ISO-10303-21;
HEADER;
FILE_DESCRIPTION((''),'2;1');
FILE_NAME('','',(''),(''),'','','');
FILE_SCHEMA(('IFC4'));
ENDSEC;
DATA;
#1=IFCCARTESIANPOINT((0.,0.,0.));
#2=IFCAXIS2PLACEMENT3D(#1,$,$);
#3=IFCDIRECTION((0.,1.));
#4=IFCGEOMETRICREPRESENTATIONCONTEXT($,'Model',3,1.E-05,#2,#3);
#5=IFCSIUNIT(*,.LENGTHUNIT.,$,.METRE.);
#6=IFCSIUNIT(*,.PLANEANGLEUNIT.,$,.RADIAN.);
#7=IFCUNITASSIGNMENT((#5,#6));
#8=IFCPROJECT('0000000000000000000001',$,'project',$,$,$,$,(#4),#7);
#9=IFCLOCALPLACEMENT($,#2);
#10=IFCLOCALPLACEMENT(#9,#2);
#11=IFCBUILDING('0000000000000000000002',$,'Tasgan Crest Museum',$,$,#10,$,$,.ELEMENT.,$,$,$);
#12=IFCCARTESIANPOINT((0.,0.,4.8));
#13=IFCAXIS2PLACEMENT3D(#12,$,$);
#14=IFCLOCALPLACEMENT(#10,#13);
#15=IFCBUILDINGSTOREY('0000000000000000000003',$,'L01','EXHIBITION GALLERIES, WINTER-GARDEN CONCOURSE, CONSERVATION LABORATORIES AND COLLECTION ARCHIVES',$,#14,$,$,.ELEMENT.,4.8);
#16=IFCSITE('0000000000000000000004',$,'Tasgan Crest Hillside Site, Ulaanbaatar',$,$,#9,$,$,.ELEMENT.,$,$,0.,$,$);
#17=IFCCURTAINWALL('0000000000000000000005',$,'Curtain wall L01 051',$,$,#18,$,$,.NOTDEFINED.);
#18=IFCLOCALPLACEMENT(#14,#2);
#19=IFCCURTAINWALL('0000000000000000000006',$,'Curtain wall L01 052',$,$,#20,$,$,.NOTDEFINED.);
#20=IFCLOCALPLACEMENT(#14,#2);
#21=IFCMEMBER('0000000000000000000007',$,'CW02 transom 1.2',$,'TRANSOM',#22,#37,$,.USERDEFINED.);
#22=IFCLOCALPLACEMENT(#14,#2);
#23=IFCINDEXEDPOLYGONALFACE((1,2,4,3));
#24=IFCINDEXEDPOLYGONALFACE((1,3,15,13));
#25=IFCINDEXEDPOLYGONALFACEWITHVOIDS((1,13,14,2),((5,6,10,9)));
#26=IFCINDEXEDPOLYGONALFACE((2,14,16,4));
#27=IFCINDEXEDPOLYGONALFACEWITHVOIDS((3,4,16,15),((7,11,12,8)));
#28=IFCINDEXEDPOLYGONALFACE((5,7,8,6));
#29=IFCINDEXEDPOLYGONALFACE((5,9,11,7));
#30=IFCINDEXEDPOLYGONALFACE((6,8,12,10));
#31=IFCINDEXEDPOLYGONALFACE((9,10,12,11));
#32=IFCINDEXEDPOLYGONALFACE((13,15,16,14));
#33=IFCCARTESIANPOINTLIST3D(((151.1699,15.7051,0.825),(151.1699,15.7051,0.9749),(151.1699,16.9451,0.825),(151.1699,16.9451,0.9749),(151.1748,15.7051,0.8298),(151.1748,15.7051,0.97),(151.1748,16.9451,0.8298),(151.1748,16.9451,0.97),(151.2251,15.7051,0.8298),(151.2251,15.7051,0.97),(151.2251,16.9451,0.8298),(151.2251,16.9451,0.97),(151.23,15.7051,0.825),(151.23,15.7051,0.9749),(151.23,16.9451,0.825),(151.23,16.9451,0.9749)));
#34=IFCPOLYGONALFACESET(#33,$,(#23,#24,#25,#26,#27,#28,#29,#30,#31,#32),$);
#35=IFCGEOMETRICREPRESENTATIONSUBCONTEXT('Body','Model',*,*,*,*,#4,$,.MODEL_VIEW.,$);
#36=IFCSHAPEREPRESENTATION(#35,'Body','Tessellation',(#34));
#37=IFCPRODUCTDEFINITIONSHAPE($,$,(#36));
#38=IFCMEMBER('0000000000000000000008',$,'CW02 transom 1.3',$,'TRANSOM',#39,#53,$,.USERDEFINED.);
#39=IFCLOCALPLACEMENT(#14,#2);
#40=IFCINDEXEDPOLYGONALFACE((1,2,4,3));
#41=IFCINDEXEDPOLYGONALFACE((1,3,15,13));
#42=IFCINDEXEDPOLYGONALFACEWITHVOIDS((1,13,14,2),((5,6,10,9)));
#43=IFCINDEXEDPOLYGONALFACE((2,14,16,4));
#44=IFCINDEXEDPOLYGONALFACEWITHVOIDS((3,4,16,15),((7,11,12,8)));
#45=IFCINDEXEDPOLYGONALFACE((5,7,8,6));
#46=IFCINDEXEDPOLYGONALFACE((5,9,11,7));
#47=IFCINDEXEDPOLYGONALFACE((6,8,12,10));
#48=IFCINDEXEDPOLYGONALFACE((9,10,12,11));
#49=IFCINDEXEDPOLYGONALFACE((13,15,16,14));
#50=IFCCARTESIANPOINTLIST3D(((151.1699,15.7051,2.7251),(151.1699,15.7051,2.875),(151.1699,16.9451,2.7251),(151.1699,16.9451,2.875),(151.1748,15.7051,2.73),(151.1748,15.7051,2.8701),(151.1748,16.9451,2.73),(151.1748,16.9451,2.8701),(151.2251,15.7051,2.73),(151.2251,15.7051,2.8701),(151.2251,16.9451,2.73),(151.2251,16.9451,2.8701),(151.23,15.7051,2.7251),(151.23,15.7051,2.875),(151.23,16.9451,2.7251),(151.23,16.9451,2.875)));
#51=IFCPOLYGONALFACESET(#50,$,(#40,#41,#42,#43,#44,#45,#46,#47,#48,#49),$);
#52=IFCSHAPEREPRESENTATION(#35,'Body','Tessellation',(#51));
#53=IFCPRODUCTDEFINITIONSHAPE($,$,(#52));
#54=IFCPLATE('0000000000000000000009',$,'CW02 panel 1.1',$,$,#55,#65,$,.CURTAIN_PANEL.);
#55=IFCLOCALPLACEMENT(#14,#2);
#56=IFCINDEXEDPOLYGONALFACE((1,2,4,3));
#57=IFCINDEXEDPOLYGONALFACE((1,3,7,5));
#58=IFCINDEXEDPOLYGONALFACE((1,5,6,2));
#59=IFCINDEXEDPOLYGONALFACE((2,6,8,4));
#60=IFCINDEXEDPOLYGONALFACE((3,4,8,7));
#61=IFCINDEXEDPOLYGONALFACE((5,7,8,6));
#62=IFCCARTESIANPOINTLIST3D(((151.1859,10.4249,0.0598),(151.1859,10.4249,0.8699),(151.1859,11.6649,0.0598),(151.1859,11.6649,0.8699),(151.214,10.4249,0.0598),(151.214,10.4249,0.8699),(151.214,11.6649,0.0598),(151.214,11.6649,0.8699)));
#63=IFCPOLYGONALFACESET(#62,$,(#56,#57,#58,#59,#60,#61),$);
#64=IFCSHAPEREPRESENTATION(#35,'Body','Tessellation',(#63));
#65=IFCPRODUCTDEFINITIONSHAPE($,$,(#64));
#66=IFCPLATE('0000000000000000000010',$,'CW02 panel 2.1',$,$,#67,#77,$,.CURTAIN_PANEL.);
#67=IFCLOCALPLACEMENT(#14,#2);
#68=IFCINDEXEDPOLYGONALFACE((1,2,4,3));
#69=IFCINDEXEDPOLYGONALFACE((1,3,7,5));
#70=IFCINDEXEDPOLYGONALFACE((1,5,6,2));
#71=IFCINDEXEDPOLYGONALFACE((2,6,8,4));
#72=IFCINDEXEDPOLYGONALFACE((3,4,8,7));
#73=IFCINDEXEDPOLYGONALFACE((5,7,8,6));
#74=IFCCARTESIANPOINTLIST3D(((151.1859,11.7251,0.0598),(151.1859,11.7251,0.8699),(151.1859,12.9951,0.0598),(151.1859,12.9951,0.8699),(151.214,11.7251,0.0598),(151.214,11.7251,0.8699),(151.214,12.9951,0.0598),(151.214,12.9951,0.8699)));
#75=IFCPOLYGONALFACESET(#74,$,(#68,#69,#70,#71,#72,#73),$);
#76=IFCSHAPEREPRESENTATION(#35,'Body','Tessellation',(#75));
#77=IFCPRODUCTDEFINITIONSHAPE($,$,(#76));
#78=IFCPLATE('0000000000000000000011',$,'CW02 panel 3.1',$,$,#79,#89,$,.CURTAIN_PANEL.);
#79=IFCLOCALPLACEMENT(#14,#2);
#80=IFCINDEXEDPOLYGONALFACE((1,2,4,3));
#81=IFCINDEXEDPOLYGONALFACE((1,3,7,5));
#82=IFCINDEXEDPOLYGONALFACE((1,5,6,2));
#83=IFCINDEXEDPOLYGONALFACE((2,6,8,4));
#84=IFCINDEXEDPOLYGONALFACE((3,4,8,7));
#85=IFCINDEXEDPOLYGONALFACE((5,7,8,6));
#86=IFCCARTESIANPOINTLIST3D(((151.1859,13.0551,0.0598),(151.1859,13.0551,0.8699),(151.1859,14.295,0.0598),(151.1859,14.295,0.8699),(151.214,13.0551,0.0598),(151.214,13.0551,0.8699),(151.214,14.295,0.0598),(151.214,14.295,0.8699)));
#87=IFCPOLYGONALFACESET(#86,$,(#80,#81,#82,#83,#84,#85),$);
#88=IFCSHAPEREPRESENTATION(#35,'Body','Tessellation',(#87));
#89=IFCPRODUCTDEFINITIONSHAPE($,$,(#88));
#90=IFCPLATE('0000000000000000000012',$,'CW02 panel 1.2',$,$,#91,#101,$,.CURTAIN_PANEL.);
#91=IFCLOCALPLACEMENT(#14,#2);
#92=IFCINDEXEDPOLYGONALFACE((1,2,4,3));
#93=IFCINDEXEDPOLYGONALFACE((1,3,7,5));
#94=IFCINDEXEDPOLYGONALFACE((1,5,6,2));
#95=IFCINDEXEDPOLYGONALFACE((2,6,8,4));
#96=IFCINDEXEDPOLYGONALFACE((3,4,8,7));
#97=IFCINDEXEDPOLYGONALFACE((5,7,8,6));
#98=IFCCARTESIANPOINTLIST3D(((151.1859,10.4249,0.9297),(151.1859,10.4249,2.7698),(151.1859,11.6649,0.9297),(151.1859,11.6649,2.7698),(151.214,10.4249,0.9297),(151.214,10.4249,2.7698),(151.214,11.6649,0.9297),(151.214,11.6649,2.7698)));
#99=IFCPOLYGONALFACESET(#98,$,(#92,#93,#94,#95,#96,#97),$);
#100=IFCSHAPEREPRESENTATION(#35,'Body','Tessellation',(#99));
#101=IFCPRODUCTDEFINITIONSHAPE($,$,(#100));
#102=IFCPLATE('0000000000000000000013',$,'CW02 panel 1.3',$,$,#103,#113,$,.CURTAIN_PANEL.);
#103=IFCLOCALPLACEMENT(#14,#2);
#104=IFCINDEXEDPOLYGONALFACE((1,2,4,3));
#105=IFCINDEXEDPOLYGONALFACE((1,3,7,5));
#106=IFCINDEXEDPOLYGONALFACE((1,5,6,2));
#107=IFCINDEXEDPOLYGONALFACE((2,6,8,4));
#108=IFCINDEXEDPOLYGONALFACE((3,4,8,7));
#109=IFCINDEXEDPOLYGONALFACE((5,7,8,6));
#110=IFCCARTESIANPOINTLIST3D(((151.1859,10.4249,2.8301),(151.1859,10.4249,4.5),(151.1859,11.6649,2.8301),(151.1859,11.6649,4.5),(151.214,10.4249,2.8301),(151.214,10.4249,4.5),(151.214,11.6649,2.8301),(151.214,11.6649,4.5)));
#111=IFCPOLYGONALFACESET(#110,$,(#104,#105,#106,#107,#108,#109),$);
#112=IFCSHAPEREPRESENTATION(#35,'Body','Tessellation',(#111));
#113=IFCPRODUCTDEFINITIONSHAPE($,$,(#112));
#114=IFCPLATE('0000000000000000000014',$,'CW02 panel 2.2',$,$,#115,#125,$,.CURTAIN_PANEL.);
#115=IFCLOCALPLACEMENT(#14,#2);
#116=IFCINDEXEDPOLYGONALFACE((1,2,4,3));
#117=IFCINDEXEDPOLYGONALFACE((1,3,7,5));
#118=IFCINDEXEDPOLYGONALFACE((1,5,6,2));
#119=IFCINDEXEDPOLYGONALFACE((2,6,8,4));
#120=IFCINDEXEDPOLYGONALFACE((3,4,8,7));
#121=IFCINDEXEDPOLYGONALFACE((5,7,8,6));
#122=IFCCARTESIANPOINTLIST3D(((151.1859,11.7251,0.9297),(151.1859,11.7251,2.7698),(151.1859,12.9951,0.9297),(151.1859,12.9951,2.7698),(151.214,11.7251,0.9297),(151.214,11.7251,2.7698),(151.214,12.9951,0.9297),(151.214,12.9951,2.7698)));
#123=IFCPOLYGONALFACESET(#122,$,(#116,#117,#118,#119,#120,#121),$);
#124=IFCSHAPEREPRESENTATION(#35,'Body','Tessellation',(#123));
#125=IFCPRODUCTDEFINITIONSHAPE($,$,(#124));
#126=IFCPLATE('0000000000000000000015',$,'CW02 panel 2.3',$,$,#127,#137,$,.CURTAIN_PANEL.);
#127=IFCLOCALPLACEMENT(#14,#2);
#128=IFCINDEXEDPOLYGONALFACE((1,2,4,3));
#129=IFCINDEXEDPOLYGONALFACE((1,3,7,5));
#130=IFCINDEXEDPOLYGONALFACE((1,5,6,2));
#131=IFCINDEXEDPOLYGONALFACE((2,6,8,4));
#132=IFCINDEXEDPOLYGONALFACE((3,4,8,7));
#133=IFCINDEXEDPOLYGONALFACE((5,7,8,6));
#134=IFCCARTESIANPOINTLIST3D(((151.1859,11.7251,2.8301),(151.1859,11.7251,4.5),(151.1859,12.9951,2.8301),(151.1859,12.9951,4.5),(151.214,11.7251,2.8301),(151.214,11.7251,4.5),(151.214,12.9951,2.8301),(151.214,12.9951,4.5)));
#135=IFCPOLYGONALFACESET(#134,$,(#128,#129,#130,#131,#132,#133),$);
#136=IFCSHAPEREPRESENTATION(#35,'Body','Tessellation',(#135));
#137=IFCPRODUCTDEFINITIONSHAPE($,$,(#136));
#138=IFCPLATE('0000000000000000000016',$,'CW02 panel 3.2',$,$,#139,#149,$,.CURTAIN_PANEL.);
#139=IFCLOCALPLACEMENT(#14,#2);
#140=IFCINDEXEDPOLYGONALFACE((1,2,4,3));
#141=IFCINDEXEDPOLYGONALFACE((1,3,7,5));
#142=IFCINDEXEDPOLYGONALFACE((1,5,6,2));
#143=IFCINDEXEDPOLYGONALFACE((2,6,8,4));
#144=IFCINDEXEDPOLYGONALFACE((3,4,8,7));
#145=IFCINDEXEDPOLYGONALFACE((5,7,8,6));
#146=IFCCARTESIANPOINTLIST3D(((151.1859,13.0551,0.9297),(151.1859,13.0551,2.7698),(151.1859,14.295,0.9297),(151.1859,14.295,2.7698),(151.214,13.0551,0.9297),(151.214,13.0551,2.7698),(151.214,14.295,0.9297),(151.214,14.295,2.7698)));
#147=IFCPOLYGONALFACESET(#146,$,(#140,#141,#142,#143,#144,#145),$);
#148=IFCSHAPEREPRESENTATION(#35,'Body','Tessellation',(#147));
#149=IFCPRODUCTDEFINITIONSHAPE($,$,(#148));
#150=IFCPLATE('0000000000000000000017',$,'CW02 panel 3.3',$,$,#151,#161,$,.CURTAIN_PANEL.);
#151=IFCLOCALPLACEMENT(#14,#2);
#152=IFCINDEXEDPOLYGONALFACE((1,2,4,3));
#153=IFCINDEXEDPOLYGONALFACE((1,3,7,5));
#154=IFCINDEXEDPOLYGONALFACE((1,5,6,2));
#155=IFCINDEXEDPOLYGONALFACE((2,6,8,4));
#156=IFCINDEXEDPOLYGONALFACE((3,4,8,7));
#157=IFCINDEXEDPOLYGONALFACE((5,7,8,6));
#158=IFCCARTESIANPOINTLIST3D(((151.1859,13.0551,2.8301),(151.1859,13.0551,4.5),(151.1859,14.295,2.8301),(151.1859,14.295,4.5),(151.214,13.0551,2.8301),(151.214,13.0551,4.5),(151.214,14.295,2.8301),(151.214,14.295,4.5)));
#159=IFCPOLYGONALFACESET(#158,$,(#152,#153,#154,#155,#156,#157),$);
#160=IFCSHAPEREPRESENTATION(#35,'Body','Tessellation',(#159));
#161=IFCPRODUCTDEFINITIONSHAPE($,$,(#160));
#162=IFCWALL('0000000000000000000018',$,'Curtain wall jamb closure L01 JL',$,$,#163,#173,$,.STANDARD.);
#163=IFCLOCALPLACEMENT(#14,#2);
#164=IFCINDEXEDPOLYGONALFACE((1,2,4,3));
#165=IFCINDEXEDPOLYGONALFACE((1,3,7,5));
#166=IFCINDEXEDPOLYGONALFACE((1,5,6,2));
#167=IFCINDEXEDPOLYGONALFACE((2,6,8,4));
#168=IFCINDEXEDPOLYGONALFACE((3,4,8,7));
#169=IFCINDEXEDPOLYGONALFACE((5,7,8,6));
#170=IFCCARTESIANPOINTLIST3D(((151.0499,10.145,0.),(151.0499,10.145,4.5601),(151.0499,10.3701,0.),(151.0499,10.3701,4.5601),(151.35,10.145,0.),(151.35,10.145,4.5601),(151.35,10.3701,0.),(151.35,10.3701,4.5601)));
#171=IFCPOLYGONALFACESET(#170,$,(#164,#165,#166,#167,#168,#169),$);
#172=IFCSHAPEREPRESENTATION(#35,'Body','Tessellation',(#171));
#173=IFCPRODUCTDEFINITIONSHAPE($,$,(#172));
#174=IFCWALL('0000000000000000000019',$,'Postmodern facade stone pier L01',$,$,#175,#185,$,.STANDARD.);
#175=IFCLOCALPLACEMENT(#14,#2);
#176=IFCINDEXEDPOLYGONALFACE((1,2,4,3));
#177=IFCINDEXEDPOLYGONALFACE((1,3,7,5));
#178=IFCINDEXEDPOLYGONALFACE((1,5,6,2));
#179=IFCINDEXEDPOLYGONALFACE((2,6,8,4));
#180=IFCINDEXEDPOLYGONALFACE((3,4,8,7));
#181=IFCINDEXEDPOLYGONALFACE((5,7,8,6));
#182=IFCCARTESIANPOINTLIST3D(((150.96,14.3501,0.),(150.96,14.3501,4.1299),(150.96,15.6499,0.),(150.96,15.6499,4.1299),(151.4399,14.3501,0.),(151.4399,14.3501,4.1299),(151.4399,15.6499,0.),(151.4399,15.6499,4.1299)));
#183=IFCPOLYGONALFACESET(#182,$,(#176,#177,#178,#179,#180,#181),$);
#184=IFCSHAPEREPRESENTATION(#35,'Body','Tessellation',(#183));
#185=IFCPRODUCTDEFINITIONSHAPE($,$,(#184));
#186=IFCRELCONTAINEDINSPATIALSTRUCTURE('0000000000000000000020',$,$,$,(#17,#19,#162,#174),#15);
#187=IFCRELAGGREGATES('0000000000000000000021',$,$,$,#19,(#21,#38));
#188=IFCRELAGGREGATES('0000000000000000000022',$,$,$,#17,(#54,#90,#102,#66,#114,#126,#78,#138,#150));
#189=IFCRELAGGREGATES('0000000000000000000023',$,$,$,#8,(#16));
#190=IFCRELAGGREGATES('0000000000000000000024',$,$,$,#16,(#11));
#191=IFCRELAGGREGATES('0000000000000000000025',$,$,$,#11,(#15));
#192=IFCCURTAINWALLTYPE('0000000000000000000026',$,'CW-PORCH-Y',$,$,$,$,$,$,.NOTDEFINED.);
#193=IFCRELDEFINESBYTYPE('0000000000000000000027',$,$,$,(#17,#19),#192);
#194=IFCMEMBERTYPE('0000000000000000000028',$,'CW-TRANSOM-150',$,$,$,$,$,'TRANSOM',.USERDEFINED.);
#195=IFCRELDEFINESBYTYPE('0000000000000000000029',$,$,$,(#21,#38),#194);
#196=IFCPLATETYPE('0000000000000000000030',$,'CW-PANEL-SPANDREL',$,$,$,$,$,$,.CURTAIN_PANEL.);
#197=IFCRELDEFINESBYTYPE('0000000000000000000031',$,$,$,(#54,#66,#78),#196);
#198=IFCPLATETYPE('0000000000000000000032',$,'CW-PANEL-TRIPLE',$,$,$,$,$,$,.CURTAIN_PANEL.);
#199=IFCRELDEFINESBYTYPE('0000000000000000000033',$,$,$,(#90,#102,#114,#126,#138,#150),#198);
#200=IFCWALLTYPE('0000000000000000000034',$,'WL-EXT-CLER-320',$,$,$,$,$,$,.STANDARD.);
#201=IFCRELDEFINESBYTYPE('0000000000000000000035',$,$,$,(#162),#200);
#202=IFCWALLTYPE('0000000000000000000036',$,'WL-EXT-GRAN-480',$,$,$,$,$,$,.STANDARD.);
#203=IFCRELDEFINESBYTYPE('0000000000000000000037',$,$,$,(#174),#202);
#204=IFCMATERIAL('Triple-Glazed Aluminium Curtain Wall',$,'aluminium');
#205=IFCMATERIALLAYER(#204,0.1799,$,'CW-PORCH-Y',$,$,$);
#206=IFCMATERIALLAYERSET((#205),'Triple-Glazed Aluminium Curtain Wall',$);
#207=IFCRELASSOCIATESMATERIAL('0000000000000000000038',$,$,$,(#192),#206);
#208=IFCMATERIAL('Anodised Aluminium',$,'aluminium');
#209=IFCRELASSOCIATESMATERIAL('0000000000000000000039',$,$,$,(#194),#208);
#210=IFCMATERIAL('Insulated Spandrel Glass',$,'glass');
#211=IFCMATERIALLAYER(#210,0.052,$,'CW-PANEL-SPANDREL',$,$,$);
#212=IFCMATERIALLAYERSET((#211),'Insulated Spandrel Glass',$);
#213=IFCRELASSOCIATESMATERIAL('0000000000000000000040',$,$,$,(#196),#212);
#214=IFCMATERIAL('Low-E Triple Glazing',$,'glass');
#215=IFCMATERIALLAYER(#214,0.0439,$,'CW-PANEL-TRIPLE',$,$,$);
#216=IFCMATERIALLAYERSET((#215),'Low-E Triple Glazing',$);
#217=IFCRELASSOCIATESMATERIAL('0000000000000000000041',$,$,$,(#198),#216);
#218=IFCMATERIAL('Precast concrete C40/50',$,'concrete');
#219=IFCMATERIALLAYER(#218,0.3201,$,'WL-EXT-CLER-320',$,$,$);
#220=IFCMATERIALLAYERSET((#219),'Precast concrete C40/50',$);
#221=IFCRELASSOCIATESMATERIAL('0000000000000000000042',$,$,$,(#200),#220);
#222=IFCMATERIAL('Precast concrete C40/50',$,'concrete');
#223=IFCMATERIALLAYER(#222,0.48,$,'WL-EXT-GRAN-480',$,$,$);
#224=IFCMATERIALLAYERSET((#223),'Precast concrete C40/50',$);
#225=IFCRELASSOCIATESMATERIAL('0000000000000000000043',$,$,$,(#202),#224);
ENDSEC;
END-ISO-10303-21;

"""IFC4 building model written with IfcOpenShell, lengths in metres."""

from ifc_helpers import new_model, si_unit, direction, frame, frame_2d, origin, origin_2d, place, context, subcontext, project, spatial, rectangle, hollow_rectangle, extrude, material, layer, layer_set, material_profile, profile_set, type_object, element, aggregate, save


model = new_model("IFC4")

# Units and contexts
model_context = context("Model", 3, precision=1e-05, world=origin(), true_north=direction((0.0, 1.0)))
body_context = subcontext(model_context, "Body", "Model", "MODEL_VIEW")
ifc_project = project(units=[si_unit("LENGTHUNIT", "METRE"), si_unit("PLANEANGLEUNIT", "RADIAN")], contexts=[model_context])

# Site, building, storey
site_placement = place(None, origin())
site = spatial("IfcSite", under=ifc_project, at=site_placement, Name="Tasgan Crest Hillside Site, Ulaanbaatar", CompositionType="ELEMENT", RefElevation=0.0)
building_placement = place(site_placement, origin())
building = spatial("IfcBuilding", under=site, at=building_placement, Name="Tasgan Crest Museum", CompositionType="ELEMENT")
storey_placement = place(building_placement, frame((0.0, 0.0, 4.8)))
storey = spatial("IfcBuildingStorey", under=building, at=storey_placement, Name="L01", Description="EXHIBITION GALLERIES, WINTER-GARDEN CONCOURSE, CONSERVATION LABORATORIES AND COLLECTION ARCHIVES", CompositionType="ELEMENT", Elevation=4.8)

# Curtain wall
ifc_material_1 = material(Name="Triple-Glazed Aluminium Curtain Wall", Category="aluminium")
ifc_layer_1 = layer(ifc_material_1, 0.1799, Name="CW-PORCH-Y")
ifc_layer_set_1 = layer_set([ifc_layer_1], Name="Triple-Glazed Aluminium Curtain Wall")
curtain_wall_type = type_object("IfcCurtainWallType", Name="CW-PORCH-Y", PredefinedType="NOTDEFINED", material=ifc_layer_set_1)
curtain_wall_1_placement = place(storey_placement, origin())
curtain_wall_1 = element("IfcCurtainWall", 1, at=curtain_wall_1_placement, inside=storey, type_object=curtain_wall_type, Name="Curtain wall L01 051", PredefinedType="NOTDEFINED")

# Curtain wall
curtain_wall_2_placement = place(storey_placement, origin())
curtain_wall_2 = element("IfcCurtainWall", 2, at=curtain_wall_2_placement, inside=storey, type_object=curtain_wall_type, Name="Curtain wall L01 052", PredefinedType="NOTDEFINED")

# Members
ifc_material_2 = material(Name="Anodised Aluminium", Category="aluminium")
ifc_material_profile_1 = material_profile(ifc_material_2, hollow_rectangle(XDim=0.0601, YDim=0.1499, WallThickness=0.0049, at=origin_2d()), Name="ALU TRANSOM 150x60x5")
ifc_profile_set_1 = profile_set([ifc_material_profile_1], Name="Anodised Aluminium")
member_type_1 = type_object("IfcMemberType", Name="CW-TRANSOM-150", ElementType="TRANSOM", PredefinedType="USERDEFINED", material=ifc_profile_set_1)
member_1_placement = place(storey_placement, frame((151.2, 15.7051, 0.8999), z_axis=(0.0, 1.0, 0.0), x_axis=(-1.0, 0.0, 0.0)))
member_1 = element("IfcMember", 3, at=member_1_placement, type_object=member_type_1, Name="CW02 transom 1.2", ObjectType="TRANSOM", PredefinedType="USERDEFINED", context=body_context, shape_type="SweptSolid", body=[
    extrude(hollow_rectangle(XDim=0.0601, YDim=0.1499, WallThickness=0.0049, at=origin_2d()), origin(), (0.0, 0.0, 1.0), 1.24),
])
member_2_placement = place(storey_placement, frame((151.2, 15.7051, 2.8), z_axis=(0.0, 1.0, 0.0), x_axis=(-1.0, 0.0, 0.0)))
member_2 = element("IfcMember", 4, at=member_2_placement, type_object=member_type_1, Name="CW02 transom 1.3", ObjectType="TRANSOM", PredefinedType="USERDEFINED", context=body_context, shape_type="SweptSolid", body=[
    extrude(hollow_rectangle(XDim=0.0601, YDim=0.1499, WallThickness=0.0049, at=origin_2d()), origin(), (0.0, 0.0, 1.0), 1.24),
])
aggregate(curtain_wall_2, [member_1, member_2])

# Plates
ifc_material_3 = material(Name="Insulated Spandrel Glass", Category="glass")
ifc_layer_2 = layer(ifc_material_3, 0.052, Name="CW-PANEL-SPANDREL")
ifc_layer_set_2 = layer_set([ifc_layer_2], Name="Insulated Spandrel Glass")
plate_type_1 = type_object("IfcPlateType", Name="CW-PANEL-SPANDREL", PredefinedType="CURTAIN_PANEL", material=ifc_layer_set_2)
plate_1_placement = place(storey_placement, frame((151.2, 11.0449, 0.0598), z_axis=(0.0, 0.0, 1.0), x_axis=(0.0, 1.0, 0.0)))
plate_1 = element("IfcPlate", 5, at=plate_1_placement, type_object=plate_type_1, Name="CW02 panel 1.1", PredefinedType="CURTAIN_PANEL", context=body_context, shape_type="SweptSolid", body=[
    extrude(rectangle(XDim=1.24, YDim=0.0281, at=origin_2d()), origin(), (0.0, 0.0, 1.0), 0.8101),
])
plate_2_placement = place(storey_placement, frame((151.2, 12.3601, 0.0598), z_axis=(0.0, 0.0, 1.0), x_axis=(0.0, 1.0, 0.0)))
plate_2 = element("IfcPlate", 6, at=plate_2_placement, type_object=plate_type_1, Name="CW02 panel 2.1", PredefinedType="CURTAIN_PANEL", context=body_context, shape_type="SweptSolid", body=[
    extrude(rectangle(XDim=1.27, YDim=0.0281, at=origin_2d()), origin(), (0.0, 0.0, 1.0), 0.8101),
])
plate_3_placement = place(storey_placement, frame((151.2, 13.675, 0.0598), z_axis=(0.0, 0.0, 1.0), x_axis=(0.0, 1.0, 0.0)))
plate_3 = element("IfcPlate", 7, at=plate_3_placement, type_object=plate_type_1, Name="CW02 panel 3.1", PredefinedType="CURTAIN_PANEL", context=body_context, shape_type="SweptSolid", body=[
    extrude(rectangle(XDim=1.24, YDim=0.0281, at=origin_2d()), origin(), (0.0, 0.0, 1.0), 0.8101),
])
ifc_material_4 = material(Name="Low-E Triple Glazing", Category="glass")
ifc_layer_3 = layer(ifc_material_4, 0.0439, Name="CW-PANEL-TRIPLE")
ifc_layer_set_3 = layer_set([ifc_layer_3], Name="Low-E Triple Glazing")
plate_type_2 = type_object("IfcPlateType", Name="CW-PANEL-TRIPLE", PredefinedType="CURTAIN_PANEL", material=ifc_layer_set_3)
plate_4_placement = place(storey_placement, frame((151.2, 11.0449, 0.9297), z_axis=(0.0, 0.0, 1.0), x_axis=(0.0, 1.0, 0.0)))
plate_4 = element("IfcPlate", 8, at=plate_4_placement, type_object=plate_type_2, Name="CW02 panel 1.2", PredefinedType="CURTAIN_PANEL", context=body_context, shape_type="SweptSolid", body=[
    extrude(rectangle(XDim=1.24, YDim=0.0281, at=origin_2d()), origin(), (0.0, 0.0, 1.0), 1.8401),
])
plate_5_placement = place(storey_placement, frame((151.2, 11.0449, 2.8301), z_axis=(0.0, 0.0, 1.0), x_axis=(0.0, 1.0, 0.0)))
plate_5 = element("IfcPlate", 9, at=plate_5_placement, type_object=plate_type_2, Name="CW02 panel 1.3", PredefinedType="CURTAIN_PANEL", context=body_context, shape_type="SweptSolid", body=[
    extrude(rectangle(XDim=1.24, YDim=0.0281, at=origin_2d()), origin(), (0.0, 0.0, 1.0), 1.6699),
])
plate_6_placement = place(storey_placement, frame((151.2, 12.3601, 0.9297), z_axis=(0.0, 0.0, 1.0), x_axis=(0.0, 1.0, 0.0)))
plate_6 = element("IfcPlate", 10, at=plate_6_placement, type_object=plate_type_2, Name="CW02 panel 2.2", PredefinedType="CURTAIN_PANEL", context=body_context, shape_type="SweptSolid", body=[
    extrude(rectangle(XDim=1.27, YDim=0.0281, at=origin_2d()), origin(), (0.0, 0.0, 1.0), 1.8401),
])
plate_7_placement = place(storey_placement, frame((151.2, 12.3601, 2.8301), z_axis=(0.0, 0.0, 1.0), x_axis=(0.0, 1.0, 0.0)))
plate_7 = element("IfcPlate", 11, at=plate_7_placement, type_object=plate_type_2, Name="CW02 panel 2.3", PredefinedType="CURTAIN_PANEL", context=body_context, shape_type="SweptSolid", body=[
    extrude(rectangle(XDim=1.27, YDim=0.0281, at=origin_2d()), origin(), (0.0, 0.0, 1.0), 1.6699),
])
plate_8_placement = place(storey_placement, frame((151.2, 13.675, 0.9297), z_axis=(0.0, 0.0, 1.0), x_axis=(0.0, 1.0, 0.0)))
plate_8 = element("IfcPlate", 12, at=plate_8_placement, type_object=plate_type_2, Name="CW02 panel 3.2", PredefinedType="CURTAIN_PANEL", context=body_context, shape_type="SweptSolid", body=[
    extrude(rectangle(XDim=1.24, YDim=0.0281, at=origin_2d()), origin(), (0.0, 0.0, 1.0), 1.8401),
])
plate_9_placement = place(storey_placement, frame((151.2, 13.675, 2.8301), z_axis=(0.0, 0.0, 1.0), x_axis=(0.0, 1.0, 0.0)))
plate_9 = element("IfcPlate", 13, at=plate_9_placement, type_object=plate_type_2, Name="CW02 panel 3.3", PredefinedType="CURTAIN_PANEL", context=body_context, shape_type="SweptSolid", body=[
    extrude(rectangle(XDim=1.24, YDim=0.0281, at=origin_2d()), origin(), (0.0, 0.0, 1.0), 1.6699),
])
aggregate(curtain_wall_1, [plate_1, plate_4, plate_5, plate_2, plate_6, plate_7, plate_3, plate_8, plate_9])

# Walls
ifc_material_5 = material(Name="Precast concrete C40/50", Category="concrete")
ifc_layer_4 = layer(ifc_material_5, 0.3201, Name="WL-EXT-CLER-320")
ifc_layer_set_4 = layer_set([ifc_layer_4], Name="Precast concrete C40/50")
wall_type_1 = type_object("IfcWallType", Name="WL-EXT-CLER-320", PredefinedType="STANDARD", material=ifc_layer_set_4)
wall_1_placement = place(storey_placement, frame((151.2, 10.145, 0.0), z_axis=(0.0, 0.0, 1.0), x_axis=(0.0, 1.0, 0.0)))
element("IfcWall", 14, at=wall_1_placement, inside=storey, type_object=wall_type_1, Name="Curtain wall jamb closure L01 JL", PredefinedType="STANDARD", context=body_context, shape_type="SweptSolid", body=[
    extrude(rectangle(XDim=0.2251, YDim=0.3, at=frame_2d((0.1125, 0.0))), origin(), (0.0, 0.0, 1.0), 4.5601),
])
ifc_material_6 = material(Name="Precast concrete C40/50", Category="concrete")
ifc_layer_5 = layer(ifc_material_6, 0.48, Name="WL-EXT-GRAN-480")
ifc_layer_set_5 = layer_set([ifc_layer_5], Name="Precast concrete C40/50")
wall_type_2 = type_object("IfcWallType", Name="WL-EXT-GRAN-480", PredefinedType="STANDARD", material=ifc_layer_set_5)
wall_2_placement = place(storey_placement, frame((151.2, 14.3501, 0.0), z_axis=(0.0, 0.0, 1.0), x_axis=(0.0, 1.0, 0.0)))
element("IfcWall", 15, at=wall_2_placement, inside=storey, type_object=wall_type_2, Name="Postmodern facade stone pier L01", PredefinedType="STANDARD", context=body_context, shape_type="SweptSolid", body=[
    extrude(rectangle(XDim=1.2998, YDim=0.48, at=frame_2d((0.6499, 0.0))), origin(), (0.0, 0.0, 1.0), 4.1299),
])

save(model, "model.ifc")
